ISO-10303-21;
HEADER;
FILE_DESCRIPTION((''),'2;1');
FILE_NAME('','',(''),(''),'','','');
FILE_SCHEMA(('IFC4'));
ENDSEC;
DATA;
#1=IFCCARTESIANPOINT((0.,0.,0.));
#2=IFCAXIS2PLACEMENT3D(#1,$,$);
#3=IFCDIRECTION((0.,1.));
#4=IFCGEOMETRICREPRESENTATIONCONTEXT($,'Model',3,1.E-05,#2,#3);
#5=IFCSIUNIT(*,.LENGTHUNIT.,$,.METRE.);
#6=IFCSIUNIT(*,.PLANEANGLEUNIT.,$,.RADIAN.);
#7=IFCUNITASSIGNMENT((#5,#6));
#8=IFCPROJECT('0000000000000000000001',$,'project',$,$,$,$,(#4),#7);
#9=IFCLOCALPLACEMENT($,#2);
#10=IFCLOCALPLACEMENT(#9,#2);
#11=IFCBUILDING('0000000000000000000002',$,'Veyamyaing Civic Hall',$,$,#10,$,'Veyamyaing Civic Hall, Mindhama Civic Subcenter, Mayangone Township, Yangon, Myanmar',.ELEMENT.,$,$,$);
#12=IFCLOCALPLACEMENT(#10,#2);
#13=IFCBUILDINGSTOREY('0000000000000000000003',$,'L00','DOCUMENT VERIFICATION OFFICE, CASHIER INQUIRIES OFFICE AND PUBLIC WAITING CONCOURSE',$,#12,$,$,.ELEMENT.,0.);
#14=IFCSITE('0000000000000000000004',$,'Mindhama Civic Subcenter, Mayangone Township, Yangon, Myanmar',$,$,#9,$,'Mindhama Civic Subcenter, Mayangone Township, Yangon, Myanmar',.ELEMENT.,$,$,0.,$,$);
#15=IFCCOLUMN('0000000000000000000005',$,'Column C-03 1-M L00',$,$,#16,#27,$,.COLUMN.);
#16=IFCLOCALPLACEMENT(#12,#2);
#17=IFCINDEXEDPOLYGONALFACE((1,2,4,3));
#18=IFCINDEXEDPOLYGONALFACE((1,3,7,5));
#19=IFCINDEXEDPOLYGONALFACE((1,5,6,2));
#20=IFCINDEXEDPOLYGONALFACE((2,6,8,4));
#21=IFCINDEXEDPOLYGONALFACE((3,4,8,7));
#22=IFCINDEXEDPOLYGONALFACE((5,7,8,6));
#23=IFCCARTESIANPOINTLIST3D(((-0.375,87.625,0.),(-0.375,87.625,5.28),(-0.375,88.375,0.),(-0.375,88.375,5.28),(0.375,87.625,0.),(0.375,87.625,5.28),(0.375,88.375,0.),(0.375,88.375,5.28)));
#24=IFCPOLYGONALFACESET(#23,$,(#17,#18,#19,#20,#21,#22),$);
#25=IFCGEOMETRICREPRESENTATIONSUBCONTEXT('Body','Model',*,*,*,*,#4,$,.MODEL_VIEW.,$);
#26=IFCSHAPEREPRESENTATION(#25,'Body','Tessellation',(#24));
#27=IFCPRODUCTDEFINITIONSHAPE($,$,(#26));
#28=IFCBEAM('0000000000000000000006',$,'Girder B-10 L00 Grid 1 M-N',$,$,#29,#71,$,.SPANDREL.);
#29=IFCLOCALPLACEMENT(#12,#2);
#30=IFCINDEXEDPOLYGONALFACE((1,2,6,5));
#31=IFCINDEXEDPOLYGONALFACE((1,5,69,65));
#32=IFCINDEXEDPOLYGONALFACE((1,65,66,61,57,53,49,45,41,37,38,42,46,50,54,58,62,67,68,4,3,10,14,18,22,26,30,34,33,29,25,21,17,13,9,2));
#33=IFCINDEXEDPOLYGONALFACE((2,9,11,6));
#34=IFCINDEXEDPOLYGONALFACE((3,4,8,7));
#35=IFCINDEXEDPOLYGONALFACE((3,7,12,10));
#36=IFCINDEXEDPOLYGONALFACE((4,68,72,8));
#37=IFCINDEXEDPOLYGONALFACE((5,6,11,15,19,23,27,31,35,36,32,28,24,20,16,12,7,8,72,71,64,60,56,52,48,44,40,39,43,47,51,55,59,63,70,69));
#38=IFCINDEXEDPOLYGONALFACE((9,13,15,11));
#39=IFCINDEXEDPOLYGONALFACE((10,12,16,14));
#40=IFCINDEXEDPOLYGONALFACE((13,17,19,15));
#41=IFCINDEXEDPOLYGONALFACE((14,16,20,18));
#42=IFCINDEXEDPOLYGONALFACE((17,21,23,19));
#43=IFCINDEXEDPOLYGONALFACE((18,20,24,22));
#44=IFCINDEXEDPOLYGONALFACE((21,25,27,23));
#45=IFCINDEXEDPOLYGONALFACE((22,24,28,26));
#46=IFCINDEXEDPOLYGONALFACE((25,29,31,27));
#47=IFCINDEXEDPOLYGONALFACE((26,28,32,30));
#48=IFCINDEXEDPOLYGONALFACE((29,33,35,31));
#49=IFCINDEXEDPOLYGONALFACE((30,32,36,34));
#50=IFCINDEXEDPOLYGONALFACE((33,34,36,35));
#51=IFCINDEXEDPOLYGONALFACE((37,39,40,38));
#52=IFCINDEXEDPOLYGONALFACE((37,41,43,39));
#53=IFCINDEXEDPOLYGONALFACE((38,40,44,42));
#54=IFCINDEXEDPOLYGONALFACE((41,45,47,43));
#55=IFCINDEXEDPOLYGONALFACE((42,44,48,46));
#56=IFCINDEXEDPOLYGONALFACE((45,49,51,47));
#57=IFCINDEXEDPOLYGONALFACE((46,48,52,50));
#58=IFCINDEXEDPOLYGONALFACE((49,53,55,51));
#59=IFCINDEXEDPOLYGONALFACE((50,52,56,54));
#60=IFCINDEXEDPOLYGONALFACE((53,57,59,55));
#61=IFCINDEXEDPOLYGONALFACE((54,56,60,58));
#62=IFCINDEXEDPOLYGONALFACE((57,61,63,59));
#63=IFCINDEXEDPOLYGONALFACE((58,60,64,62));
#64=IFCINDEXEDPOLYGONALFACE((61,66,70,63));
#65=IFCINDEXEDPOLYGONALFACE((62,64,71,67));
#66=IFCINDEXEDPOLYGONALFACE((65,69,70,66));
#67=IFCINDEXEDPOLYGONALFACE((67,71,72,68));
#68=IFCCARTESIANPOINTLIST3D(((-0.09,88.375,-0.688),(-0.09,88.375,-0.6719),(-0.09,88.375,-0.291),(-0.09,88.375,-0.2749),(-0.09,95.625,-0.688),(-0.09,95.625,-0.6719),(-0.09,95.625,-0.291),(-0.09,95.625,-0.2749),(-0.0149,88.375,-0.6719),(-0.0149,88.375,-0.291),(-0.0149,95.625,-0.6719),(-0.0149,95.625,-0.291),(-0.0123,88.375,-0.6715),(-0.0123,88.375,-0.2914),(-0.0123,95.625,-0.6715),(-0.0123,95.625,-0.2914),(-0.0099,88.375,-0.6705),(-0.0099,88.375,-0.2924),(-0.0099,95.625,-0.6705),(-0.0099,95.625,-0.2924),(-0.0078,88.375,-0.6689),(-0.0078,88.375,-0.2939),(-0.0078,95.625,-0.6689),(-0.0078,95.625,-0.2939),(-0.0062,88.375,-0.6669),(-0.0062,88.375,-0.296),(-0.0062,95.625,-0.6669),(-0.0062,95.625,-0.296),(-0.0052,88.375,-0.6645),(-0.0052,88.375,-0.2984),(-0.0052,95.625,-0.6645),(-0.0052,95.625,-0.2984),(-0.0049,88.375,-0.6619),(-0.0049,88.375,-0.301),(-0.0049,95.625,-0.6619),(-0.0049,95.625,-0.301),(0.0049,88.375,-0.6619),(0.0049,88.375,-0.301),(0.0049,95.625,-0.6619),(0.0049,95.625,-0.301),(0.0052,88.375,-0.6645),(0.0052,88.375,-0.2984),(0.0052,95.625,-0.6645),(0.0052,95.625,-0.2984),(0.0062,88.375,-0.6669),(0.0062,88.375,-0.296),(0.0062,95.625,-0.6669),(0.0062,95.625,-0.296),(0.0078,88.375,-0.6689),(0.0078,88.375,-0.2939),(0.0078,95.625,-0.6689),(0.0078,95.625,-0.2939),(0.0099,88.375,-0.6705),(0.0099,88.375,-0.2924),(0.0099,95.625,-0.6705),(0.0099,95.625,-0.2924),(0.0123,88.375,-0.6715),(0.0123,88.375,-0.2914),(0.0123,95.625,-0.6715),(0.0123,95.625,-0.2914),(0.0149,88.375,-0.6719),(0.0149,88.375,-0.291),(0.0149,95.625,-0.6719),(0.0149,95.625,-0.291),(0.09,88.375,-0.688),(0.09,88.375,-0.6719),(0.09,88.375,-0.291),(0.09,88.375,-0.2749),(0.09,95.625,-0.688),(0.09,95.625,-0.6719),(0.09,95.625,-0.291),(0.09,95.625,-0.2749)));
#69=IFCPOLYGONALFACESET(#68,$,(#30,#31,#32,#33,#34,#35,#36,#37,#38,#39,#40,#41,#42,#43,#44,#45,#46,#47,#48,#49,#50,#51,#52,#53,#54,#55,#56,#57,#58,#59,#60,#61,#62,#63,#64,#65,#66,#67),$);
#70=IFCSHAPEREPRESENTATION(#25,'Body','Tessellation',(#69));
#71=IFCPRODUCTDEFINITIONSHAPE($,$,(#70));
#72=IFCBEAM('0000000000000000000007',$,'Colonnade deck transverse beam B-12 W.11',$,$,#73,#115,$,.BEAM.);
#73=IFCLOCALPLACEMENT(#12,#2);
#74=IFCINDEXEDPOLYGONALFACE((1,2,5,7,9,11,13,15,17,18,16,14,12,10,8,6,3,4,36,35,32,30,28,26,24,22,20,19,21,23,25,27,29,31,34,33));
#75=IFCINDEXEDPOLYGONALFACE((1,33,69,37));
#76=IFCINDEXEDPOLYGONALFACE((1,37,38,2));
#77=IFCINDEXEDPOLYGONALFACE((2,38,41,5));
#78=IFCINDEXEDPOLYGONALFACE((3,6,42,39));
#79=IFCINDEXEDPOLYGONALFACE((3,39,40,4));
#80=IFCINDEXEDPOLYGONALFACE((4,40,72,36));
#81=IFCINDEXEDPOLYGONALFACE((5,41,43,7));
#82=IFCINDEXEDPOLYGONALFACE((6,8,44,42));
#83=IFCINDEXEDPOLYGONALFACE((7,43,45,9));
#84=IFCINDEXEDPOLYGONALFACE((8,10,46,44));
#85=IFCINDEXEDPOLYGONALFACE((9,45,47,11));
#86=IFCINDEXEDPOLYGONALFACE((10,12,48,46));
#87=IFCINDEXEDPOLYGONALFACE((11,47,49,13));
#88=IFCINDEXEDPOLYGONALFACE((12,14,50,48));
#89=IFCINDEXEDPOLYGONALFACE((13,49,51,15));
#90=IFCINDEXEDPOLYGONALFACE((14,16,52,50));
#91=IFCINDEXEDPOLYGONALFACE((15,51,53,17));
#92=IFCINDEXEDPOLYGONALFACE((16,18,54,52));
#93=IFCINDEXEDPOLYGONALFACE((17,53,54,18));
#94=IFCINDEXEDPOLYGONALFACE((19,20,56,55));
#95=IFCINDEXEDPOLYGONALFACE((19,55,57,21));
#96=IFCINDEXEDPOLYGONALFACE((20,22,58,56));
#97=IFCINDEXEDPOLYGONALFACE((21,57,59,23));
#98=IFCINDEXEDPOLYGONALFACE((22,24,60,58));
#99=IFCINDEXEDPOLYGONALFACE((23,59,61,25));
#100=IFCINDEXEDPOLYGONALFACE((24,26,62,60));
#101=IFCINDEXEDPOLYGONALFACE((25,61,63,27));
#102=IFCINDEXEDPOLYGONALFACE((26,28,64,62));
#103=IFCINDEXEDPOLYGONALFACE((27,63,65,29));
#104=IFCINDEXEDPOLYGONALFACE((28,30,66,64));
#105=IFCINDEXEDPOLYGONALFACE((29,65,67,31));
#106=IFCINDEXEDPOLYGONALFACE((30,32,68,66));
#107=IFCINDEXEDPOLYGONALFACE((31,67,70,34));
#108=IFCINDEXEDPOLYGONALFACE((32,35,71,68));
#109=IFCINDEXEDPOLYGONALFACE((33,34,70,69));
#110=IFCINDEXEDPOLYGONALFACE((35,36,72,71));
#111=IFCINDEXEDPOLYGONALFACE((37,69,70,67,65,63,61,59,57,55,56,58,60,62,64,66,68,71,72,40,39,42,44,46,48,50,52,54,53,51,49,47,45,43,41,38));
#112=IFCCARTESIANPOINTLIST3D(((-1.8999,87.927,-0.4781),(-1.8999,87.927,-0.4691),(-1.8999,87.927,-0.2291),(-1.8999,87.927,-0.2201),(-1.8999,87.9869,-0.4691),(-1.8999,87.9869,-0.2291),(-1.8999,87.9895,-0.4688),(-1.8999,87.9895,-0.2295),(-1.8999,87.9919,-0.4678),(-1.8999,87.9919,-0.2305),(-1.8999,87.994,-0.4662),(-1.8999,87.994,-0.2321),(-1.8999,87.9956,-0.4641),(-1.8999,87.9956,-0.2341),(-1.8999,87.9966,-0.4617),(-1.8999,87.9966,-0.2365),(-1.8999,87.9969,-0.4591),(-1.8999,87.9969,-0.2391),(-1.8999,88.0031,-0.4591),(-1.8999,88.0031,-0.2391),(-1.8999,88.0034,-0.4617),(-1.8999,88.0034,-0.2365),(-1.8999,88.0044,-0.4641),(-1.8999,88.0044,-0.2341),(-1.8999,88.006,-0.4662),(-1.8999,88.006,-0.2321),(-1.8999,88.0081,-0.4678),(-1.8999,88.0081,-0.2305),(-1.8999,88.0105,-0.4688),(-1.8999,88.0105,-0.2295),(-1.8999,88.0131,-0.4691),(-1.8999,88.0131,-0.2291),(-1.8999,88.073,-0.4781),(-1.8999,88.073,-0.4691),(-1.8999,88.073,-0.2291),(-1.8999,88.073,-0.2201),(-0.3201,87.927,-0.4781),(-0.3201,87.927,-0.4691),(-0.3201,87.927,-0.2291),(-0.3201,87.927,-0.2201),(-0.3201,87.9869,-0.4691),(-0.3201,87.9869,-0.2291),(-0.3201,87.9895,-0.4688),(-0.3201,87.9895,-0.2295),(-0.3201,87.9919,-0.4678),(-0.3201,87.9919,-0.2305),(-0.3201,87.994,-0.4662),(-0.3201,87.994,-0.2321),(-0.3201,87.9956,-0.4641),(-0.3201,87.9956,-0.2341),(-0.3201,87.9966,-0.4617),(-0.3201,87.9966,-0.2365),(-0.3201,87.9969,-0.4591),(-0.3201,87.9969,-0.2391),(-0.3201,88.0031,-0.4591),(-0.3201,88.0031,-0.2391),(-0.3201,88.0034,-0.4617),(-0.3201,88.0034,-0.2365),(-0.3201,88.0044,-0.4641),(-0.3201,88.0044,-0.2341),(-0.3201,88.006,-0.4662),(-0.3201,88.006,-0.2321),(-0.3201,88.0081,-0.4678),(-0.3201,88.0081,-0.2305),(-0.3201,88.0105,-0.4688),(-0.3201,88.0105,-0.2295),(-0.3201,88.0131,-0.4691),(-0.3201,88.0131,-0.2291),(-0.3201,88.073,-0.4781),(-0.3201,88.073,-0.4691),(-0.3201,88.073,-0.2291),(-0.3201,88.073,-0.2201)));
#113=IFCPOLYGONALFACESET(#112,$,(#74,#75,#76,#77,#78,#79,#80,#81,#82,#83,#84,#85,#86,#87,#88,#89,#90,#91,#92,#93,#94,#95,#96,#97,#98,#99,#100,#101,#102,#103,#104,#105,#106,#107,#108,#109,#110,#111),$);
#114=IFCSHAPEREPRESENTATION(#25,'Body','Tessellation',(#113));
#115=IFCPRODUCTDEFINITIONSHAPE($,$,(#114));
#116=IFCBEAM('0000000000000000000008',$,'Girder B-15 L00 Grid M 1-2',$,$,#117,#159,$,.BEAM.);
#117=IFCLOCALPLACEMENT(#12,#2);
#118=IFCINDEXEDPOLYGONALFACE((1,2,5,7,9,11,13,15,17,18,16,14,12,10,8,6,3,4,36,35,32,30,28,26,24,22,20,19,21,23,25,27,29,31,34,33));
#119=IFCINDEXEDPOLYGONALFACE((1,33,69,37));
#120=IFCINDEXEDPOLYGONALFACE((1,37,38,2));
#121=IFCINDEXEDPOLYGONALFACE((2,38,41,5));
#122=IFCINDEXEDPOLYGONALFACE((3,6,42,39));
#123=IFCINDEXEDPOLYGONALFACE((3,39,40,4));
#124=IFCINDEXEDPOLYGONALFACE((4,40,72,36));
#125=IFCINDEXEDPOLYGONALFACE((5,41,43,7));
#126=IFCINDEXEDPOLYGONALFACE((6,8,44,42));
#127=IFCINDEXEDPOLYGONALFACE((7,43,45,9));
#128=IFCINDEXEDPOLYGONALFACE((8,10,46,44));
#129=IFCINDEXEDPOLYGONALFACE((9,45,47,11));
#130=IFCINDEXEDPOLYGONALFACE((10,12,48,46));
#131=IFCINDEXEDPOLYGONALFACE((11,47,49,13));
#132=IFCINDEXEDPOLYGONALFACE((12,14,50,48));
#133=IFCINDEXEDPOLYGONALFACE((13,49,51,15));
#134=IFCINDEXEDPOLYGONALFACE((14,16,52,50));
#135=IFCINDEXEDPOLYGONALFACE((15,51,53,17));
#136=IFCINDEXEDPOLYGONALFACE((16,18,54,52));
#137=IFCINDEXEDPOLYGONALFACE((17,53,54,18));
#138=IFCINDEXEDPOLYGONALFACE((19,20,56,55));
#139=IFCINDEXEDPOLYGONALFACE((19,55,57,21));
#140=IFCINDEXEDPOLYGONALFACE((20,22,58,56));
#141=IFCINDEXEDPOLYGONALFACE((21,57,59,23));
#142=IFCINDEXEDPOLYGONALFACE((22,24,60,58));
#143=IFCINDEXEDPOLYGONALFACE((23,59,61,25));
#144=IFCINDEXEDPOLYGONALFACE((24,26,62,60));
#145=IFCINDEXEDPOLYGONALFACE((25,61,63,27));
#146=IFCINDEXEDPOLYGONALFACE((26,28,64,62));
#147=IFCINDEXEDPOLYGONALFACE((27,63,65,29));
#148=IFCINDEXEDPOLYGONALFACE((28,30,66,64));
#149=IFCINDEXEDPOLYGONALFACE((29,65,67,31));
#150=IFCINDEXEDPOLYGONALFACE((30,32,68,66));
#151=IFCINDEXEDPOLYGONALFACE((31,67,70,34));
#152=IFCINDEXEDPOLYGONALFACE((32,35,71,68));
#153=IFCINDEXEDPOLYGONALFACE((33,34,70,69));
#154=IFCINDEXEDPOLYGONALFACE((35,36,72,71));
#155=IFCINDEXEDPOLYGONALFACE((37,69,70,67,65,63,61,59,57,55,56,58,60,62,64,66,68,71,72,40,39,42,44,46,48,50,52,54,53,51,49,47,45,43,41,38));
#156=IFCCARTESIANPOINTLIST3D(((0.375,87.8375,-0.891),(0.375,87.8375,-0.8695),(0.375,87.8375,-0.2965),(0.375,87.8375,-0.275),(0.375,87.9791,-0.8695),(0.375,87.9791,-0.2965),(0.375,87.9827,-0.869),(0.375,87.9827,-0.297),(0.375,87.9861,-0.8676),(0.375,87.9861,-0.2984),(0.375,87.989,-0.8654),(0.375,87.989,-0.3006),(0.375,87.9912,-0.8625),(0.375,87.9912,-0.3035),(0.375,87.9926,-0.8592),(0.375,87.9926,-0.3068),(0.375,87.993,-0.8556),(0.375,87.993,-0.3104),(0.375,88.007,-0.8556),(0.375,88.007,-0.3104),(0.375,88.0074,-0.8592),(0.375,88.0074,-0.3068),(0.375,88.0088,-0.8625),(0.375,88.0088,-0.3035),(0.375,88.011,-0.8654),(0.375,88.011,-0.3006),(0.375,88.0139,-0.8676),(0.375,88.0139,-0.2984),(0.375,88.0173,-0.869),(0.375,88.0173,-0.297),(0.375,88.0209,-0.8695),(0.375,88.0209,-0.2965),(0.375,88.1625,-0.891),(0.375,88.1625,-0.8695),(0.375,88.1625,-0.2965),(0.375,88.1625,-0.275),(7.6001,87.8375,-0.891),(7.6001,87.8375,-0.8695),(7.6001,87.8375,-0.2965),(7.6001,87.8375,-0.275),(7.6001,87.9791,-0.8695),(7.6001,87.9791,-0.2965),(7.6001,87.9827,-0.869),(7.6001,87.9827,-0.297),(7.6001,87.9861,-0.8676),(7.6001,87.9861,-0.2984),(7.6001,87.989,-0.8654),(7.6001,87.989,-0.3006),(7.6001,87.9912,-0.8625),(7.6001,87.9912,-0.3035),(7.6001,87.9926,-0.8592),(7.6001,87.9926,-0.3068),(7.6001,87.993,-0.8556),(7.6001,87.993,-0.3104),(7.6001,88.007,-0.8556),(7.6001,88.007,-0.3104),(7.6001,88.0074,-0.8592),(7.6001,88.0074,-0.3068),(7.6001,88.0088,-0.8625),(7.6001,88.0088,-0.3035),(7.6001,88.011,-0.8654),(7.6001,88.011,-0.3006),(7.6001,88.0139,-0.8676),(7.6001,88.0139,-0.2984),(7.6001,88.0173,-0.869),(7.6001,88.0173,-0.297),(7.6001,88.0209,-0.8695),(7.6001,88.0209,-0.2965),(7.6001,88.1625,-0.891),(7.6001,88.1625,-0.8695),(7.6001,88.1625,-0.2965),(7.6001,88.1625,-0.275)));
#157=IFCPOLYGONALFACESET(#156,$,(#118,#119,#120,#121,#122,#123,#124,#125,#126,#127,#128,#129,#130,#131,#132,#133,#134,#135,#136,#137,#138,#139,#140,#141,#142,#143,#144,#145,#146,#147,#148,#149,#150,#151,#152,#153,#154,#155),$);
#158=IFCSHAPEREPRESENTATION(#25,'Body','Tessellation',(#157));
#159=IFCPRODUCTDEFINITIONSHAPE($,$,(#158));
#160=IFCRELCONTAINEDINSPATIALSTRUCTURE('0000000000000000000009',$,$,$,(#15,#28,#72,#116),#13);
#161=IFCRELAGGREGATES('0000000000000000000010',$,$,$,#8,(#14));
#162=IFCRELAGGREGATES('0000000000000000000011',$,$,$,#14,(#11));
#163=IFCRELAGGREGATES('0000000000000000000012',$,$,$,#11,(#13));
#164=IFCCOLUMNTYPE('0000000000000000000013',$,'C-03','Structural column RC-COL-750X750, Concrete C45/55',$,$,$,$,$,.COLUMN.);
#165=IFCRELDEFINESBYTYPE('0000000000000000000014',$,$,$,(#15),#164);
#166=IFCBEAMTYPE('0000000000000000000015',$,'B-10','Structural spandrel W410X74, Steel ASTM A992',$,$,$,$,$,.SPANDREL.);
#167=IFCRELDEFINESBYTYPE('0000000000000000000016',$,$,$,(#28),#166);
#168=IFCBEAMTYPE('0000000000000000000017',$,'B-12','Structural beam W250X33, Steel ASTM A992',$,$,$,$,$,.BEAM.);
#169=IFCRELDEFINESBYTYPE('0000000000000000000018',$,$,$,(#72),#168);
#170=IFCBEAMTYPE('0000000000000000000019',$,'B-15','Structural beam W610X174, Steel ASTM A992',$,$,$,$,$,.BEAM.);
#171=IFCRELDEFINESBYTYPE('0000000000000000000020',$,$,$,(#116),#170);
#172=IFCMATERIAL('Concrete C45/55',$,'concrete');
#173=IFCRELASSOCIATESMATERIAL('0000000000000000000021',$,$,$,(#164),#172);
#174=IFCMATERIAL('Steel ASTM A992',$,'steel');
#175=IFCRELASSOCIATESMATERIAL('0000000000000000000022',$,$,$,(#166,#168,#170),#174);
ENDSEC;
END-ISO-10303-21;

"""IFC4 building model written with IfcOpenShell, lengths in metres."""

from ifc_helpers import new_model, si_unit, direction, frame, origin, origin_2d, place, context, subcontext, project, spatial, rectangle, i_section, extrude, material, material_profile, profile_set, type_object, element, save


model = new_model("IFC4")

# Units and contexts
model_context = context("Model", 3, precision=1e-05, world=origin(), true_north=direction((0.0, 1.0)))
body_context = subcontext(model_context, "Body", "Model", "MODEL_VIEW")
ifc_project = project(units=[si_unit("LENGTHUNIT", "METRE"), si_unit("PLANEANGLEUNIT", "RADIAN")], contexts=[model_context])

# Site, building, storey
site_placement = place(None, origin())
site = spatial("IfcSite", under=ifc_project, at=site_placement, Name="Mindhama Civic Subcenter, Mayangone Township, Yangon, Myanmar", LongName="Mindhama Civic Subcenter, Mayangone Township, Yangon, Myanmar", CompositionType="ELEMENT", RefElevation=0.0)
building_placement = place(site_placement, origin())
building = spatial("IfcBuilding", under=site, at=building_placement, Name="Veyamyaing Civic Hall", LongName="Veyamyaing Civic Hall, Mindhama Civic Subcenter, Mayangone Township, Yangon, Myanmar", CompositionType="ELEMENT")
storey_placement = place(building_placement, origin())
storey = spatial("IfcBuildingStorey", under=building, at=storey_placement, Name="L00", Description="DOCUMENT VERIFICATION OFFICE, CASHIER INQUIRIES OFFICE AND PUBLIC WAITING CONCOURSE", CompositionType="ELEMENT", Elevation=0.0)

# Column
ifc_material_1 = material(Name="Concrete C45/55", Category="concrete")
ifc_material_profile_1 = material_profile(ifc_material_1, rectangle(XDim=0.75, YDim=0.75, at=origin_2d()), Name="RC-COL-750X750")
ifc_profile_set_1 = profile_set([ifc_material_profile_1], Name="Concrete C45/55")
column_type = type_object("IfcColumnType", Name="C-03", Description="Structural column RC-COL-750X750, Concrete C45/55", PredefinedType="COLUMN", material=ifc_profile_set_1)
column_placement = place(storey_placement, frame((0.0, 88.0, 0.0), z_axis=(0.0, 0.0, 1.0), x_axis=(1.0, 0.0, 0.0)))
element("IfcColumn", 1, at=column_placement, inside=storey, type_object=column_type, Name="Column C-03 1-M L00", PredefinedType="COLUMN", context=body_context, shape_type="SweptSolid", body=[
    extrude(rectangle(XDim=0.75, YDim=0.75, at=origin_2d()), origin(), (0.0, 0.0, 1.0), 5.28),
])

# Beams
ifc_material_2 = material(Name="Steel ASTM A992", Category="steel")
ifc_material_profile_2 = material_profile(ifc_material_2, i_section(OverallWidth=0.1799, OverallDepth=0.4131, WebThickness=0.0098, FlangeThickness=0.0161, FilletRadius=0.01, at=origin_2d()), Name="W410X74")
ifc_profile_set_2 = profile_set([ifc_material_profile_2], Name="Steel ASTM A992")
beam_type_1 = type_object("IfcBeamType", Name="B-10", Description="Structural spandrel W410X74, Steel ASTM A992", PredefinedType="SPANDREL", material=ifc_profile_set_2)
beam_1_placement = place(storey_placement, frame((0.0, 88.375, -0.4814), z_axis=(0.0, 1.0, 0.0), x_axis=(-1.0, 0.0, 0.0)))
element("IfcBeam", 2, at=beam_1_placement, inside=storey, type_object=beam_type_1, Name="Girder B-10 L00 Grid 1 M-N", PredefinedType="SPANDREL", context=body_context, shape_type="SweptSolid", body=[
    extrude(i_section(OverallWidth=0.1799, OverallDepth=0.4131, WebThickness=0.0098, FlangeThickness=0.0161, FilletRadius=0.01, at=origin_2d()), origin(), (0.0, 0.0, 1.0), 7.25),
])
ifc_material_profile_3 = material_profile(ifc_material_2, i_section(OverallWidth=0.146, OverallDepth=0.2581, WebThickness=0.0061, FlangeThickness=0.009, FilletRadius=0.01, at=origin_2d()), Name="W250X33")
ifc_profile_set_3 = profile_set([ifc_material_profile_3], Name="Steel ASTM A992")
beam_type_2 = type_object("IfcBeamType", Name="B-12", Description="Structural beam W250X33, Steel ASTM A992", PredefinedType="BEAM", material=ifc_profile_set_3)
beam_2_placement = place(storey_placement, frame((-1.8999, 88.0, -0.3491), z_axis=(1.0, 0.0, 0.0), x_axis=(0.0, 1.0, 0.0)))
element("IfcBeam", 3, at=beam_2_placement, inside=storey, type_object=beam_type_2, Name="Colonnade deck transverse beam B-12 W.11", PredefinedType="BEAM", context=body_context, shape_type="SweptSolid", body=[
    extrude(i_section(OverallWidth=0.146, OverallDepth=0.2581, WebThickness=0.0061, FlangeThickness=0.009, FilletRadius=0.01, at=origin_2d()), origin(), (0.0, 0.0, 1.0), 1.5798),
])
ifc_material_profile_4 = material_profile(ifc_material_2, i_section(OverallWidth=0.325, OverallDepth=0.616, WebThickness=0.0139, FlangeThickness=0.0215, FilletRadius=0.0139, at=origin_2d()), Name="W610X174")
ifc_profile_set_4 = profile_set([ifc_material_profile_4], Name="Steel ASTM A992")
beam_type_3 = type_object("IfcBeamType", Name="B-15", Description="Structural beam W610X174, Steel ASTM A992", PredefinedType="BEAM", material=ifc_profile_set_4)
beam_3_placement = place(storey_placement, frame((0.375, 88.0, -0.583), z_axis=(1.0, 0.0, 0.0), x_axis=(0.0, 1.0, 0.0)))
element("IfcBeam", 4, at=beam_3_placement, inside=storey, type_object=beam_type_3, Name="Girder B-15 L00 Grid M 1-2", PredefinedType="BEAM", context=body_context, shape_type="SweptSolid", body=[
    extrude(i_section(OverallWidth=0.325, OverallDepth=0.616, WebThickness=0.0139, FlangeThickness=0.0215, FilletRadius=0.0139, at=origin_2d()), origin(), (0.0, 0.0, 1.0), 7.2251),
])

save(model, "model.ifc")
